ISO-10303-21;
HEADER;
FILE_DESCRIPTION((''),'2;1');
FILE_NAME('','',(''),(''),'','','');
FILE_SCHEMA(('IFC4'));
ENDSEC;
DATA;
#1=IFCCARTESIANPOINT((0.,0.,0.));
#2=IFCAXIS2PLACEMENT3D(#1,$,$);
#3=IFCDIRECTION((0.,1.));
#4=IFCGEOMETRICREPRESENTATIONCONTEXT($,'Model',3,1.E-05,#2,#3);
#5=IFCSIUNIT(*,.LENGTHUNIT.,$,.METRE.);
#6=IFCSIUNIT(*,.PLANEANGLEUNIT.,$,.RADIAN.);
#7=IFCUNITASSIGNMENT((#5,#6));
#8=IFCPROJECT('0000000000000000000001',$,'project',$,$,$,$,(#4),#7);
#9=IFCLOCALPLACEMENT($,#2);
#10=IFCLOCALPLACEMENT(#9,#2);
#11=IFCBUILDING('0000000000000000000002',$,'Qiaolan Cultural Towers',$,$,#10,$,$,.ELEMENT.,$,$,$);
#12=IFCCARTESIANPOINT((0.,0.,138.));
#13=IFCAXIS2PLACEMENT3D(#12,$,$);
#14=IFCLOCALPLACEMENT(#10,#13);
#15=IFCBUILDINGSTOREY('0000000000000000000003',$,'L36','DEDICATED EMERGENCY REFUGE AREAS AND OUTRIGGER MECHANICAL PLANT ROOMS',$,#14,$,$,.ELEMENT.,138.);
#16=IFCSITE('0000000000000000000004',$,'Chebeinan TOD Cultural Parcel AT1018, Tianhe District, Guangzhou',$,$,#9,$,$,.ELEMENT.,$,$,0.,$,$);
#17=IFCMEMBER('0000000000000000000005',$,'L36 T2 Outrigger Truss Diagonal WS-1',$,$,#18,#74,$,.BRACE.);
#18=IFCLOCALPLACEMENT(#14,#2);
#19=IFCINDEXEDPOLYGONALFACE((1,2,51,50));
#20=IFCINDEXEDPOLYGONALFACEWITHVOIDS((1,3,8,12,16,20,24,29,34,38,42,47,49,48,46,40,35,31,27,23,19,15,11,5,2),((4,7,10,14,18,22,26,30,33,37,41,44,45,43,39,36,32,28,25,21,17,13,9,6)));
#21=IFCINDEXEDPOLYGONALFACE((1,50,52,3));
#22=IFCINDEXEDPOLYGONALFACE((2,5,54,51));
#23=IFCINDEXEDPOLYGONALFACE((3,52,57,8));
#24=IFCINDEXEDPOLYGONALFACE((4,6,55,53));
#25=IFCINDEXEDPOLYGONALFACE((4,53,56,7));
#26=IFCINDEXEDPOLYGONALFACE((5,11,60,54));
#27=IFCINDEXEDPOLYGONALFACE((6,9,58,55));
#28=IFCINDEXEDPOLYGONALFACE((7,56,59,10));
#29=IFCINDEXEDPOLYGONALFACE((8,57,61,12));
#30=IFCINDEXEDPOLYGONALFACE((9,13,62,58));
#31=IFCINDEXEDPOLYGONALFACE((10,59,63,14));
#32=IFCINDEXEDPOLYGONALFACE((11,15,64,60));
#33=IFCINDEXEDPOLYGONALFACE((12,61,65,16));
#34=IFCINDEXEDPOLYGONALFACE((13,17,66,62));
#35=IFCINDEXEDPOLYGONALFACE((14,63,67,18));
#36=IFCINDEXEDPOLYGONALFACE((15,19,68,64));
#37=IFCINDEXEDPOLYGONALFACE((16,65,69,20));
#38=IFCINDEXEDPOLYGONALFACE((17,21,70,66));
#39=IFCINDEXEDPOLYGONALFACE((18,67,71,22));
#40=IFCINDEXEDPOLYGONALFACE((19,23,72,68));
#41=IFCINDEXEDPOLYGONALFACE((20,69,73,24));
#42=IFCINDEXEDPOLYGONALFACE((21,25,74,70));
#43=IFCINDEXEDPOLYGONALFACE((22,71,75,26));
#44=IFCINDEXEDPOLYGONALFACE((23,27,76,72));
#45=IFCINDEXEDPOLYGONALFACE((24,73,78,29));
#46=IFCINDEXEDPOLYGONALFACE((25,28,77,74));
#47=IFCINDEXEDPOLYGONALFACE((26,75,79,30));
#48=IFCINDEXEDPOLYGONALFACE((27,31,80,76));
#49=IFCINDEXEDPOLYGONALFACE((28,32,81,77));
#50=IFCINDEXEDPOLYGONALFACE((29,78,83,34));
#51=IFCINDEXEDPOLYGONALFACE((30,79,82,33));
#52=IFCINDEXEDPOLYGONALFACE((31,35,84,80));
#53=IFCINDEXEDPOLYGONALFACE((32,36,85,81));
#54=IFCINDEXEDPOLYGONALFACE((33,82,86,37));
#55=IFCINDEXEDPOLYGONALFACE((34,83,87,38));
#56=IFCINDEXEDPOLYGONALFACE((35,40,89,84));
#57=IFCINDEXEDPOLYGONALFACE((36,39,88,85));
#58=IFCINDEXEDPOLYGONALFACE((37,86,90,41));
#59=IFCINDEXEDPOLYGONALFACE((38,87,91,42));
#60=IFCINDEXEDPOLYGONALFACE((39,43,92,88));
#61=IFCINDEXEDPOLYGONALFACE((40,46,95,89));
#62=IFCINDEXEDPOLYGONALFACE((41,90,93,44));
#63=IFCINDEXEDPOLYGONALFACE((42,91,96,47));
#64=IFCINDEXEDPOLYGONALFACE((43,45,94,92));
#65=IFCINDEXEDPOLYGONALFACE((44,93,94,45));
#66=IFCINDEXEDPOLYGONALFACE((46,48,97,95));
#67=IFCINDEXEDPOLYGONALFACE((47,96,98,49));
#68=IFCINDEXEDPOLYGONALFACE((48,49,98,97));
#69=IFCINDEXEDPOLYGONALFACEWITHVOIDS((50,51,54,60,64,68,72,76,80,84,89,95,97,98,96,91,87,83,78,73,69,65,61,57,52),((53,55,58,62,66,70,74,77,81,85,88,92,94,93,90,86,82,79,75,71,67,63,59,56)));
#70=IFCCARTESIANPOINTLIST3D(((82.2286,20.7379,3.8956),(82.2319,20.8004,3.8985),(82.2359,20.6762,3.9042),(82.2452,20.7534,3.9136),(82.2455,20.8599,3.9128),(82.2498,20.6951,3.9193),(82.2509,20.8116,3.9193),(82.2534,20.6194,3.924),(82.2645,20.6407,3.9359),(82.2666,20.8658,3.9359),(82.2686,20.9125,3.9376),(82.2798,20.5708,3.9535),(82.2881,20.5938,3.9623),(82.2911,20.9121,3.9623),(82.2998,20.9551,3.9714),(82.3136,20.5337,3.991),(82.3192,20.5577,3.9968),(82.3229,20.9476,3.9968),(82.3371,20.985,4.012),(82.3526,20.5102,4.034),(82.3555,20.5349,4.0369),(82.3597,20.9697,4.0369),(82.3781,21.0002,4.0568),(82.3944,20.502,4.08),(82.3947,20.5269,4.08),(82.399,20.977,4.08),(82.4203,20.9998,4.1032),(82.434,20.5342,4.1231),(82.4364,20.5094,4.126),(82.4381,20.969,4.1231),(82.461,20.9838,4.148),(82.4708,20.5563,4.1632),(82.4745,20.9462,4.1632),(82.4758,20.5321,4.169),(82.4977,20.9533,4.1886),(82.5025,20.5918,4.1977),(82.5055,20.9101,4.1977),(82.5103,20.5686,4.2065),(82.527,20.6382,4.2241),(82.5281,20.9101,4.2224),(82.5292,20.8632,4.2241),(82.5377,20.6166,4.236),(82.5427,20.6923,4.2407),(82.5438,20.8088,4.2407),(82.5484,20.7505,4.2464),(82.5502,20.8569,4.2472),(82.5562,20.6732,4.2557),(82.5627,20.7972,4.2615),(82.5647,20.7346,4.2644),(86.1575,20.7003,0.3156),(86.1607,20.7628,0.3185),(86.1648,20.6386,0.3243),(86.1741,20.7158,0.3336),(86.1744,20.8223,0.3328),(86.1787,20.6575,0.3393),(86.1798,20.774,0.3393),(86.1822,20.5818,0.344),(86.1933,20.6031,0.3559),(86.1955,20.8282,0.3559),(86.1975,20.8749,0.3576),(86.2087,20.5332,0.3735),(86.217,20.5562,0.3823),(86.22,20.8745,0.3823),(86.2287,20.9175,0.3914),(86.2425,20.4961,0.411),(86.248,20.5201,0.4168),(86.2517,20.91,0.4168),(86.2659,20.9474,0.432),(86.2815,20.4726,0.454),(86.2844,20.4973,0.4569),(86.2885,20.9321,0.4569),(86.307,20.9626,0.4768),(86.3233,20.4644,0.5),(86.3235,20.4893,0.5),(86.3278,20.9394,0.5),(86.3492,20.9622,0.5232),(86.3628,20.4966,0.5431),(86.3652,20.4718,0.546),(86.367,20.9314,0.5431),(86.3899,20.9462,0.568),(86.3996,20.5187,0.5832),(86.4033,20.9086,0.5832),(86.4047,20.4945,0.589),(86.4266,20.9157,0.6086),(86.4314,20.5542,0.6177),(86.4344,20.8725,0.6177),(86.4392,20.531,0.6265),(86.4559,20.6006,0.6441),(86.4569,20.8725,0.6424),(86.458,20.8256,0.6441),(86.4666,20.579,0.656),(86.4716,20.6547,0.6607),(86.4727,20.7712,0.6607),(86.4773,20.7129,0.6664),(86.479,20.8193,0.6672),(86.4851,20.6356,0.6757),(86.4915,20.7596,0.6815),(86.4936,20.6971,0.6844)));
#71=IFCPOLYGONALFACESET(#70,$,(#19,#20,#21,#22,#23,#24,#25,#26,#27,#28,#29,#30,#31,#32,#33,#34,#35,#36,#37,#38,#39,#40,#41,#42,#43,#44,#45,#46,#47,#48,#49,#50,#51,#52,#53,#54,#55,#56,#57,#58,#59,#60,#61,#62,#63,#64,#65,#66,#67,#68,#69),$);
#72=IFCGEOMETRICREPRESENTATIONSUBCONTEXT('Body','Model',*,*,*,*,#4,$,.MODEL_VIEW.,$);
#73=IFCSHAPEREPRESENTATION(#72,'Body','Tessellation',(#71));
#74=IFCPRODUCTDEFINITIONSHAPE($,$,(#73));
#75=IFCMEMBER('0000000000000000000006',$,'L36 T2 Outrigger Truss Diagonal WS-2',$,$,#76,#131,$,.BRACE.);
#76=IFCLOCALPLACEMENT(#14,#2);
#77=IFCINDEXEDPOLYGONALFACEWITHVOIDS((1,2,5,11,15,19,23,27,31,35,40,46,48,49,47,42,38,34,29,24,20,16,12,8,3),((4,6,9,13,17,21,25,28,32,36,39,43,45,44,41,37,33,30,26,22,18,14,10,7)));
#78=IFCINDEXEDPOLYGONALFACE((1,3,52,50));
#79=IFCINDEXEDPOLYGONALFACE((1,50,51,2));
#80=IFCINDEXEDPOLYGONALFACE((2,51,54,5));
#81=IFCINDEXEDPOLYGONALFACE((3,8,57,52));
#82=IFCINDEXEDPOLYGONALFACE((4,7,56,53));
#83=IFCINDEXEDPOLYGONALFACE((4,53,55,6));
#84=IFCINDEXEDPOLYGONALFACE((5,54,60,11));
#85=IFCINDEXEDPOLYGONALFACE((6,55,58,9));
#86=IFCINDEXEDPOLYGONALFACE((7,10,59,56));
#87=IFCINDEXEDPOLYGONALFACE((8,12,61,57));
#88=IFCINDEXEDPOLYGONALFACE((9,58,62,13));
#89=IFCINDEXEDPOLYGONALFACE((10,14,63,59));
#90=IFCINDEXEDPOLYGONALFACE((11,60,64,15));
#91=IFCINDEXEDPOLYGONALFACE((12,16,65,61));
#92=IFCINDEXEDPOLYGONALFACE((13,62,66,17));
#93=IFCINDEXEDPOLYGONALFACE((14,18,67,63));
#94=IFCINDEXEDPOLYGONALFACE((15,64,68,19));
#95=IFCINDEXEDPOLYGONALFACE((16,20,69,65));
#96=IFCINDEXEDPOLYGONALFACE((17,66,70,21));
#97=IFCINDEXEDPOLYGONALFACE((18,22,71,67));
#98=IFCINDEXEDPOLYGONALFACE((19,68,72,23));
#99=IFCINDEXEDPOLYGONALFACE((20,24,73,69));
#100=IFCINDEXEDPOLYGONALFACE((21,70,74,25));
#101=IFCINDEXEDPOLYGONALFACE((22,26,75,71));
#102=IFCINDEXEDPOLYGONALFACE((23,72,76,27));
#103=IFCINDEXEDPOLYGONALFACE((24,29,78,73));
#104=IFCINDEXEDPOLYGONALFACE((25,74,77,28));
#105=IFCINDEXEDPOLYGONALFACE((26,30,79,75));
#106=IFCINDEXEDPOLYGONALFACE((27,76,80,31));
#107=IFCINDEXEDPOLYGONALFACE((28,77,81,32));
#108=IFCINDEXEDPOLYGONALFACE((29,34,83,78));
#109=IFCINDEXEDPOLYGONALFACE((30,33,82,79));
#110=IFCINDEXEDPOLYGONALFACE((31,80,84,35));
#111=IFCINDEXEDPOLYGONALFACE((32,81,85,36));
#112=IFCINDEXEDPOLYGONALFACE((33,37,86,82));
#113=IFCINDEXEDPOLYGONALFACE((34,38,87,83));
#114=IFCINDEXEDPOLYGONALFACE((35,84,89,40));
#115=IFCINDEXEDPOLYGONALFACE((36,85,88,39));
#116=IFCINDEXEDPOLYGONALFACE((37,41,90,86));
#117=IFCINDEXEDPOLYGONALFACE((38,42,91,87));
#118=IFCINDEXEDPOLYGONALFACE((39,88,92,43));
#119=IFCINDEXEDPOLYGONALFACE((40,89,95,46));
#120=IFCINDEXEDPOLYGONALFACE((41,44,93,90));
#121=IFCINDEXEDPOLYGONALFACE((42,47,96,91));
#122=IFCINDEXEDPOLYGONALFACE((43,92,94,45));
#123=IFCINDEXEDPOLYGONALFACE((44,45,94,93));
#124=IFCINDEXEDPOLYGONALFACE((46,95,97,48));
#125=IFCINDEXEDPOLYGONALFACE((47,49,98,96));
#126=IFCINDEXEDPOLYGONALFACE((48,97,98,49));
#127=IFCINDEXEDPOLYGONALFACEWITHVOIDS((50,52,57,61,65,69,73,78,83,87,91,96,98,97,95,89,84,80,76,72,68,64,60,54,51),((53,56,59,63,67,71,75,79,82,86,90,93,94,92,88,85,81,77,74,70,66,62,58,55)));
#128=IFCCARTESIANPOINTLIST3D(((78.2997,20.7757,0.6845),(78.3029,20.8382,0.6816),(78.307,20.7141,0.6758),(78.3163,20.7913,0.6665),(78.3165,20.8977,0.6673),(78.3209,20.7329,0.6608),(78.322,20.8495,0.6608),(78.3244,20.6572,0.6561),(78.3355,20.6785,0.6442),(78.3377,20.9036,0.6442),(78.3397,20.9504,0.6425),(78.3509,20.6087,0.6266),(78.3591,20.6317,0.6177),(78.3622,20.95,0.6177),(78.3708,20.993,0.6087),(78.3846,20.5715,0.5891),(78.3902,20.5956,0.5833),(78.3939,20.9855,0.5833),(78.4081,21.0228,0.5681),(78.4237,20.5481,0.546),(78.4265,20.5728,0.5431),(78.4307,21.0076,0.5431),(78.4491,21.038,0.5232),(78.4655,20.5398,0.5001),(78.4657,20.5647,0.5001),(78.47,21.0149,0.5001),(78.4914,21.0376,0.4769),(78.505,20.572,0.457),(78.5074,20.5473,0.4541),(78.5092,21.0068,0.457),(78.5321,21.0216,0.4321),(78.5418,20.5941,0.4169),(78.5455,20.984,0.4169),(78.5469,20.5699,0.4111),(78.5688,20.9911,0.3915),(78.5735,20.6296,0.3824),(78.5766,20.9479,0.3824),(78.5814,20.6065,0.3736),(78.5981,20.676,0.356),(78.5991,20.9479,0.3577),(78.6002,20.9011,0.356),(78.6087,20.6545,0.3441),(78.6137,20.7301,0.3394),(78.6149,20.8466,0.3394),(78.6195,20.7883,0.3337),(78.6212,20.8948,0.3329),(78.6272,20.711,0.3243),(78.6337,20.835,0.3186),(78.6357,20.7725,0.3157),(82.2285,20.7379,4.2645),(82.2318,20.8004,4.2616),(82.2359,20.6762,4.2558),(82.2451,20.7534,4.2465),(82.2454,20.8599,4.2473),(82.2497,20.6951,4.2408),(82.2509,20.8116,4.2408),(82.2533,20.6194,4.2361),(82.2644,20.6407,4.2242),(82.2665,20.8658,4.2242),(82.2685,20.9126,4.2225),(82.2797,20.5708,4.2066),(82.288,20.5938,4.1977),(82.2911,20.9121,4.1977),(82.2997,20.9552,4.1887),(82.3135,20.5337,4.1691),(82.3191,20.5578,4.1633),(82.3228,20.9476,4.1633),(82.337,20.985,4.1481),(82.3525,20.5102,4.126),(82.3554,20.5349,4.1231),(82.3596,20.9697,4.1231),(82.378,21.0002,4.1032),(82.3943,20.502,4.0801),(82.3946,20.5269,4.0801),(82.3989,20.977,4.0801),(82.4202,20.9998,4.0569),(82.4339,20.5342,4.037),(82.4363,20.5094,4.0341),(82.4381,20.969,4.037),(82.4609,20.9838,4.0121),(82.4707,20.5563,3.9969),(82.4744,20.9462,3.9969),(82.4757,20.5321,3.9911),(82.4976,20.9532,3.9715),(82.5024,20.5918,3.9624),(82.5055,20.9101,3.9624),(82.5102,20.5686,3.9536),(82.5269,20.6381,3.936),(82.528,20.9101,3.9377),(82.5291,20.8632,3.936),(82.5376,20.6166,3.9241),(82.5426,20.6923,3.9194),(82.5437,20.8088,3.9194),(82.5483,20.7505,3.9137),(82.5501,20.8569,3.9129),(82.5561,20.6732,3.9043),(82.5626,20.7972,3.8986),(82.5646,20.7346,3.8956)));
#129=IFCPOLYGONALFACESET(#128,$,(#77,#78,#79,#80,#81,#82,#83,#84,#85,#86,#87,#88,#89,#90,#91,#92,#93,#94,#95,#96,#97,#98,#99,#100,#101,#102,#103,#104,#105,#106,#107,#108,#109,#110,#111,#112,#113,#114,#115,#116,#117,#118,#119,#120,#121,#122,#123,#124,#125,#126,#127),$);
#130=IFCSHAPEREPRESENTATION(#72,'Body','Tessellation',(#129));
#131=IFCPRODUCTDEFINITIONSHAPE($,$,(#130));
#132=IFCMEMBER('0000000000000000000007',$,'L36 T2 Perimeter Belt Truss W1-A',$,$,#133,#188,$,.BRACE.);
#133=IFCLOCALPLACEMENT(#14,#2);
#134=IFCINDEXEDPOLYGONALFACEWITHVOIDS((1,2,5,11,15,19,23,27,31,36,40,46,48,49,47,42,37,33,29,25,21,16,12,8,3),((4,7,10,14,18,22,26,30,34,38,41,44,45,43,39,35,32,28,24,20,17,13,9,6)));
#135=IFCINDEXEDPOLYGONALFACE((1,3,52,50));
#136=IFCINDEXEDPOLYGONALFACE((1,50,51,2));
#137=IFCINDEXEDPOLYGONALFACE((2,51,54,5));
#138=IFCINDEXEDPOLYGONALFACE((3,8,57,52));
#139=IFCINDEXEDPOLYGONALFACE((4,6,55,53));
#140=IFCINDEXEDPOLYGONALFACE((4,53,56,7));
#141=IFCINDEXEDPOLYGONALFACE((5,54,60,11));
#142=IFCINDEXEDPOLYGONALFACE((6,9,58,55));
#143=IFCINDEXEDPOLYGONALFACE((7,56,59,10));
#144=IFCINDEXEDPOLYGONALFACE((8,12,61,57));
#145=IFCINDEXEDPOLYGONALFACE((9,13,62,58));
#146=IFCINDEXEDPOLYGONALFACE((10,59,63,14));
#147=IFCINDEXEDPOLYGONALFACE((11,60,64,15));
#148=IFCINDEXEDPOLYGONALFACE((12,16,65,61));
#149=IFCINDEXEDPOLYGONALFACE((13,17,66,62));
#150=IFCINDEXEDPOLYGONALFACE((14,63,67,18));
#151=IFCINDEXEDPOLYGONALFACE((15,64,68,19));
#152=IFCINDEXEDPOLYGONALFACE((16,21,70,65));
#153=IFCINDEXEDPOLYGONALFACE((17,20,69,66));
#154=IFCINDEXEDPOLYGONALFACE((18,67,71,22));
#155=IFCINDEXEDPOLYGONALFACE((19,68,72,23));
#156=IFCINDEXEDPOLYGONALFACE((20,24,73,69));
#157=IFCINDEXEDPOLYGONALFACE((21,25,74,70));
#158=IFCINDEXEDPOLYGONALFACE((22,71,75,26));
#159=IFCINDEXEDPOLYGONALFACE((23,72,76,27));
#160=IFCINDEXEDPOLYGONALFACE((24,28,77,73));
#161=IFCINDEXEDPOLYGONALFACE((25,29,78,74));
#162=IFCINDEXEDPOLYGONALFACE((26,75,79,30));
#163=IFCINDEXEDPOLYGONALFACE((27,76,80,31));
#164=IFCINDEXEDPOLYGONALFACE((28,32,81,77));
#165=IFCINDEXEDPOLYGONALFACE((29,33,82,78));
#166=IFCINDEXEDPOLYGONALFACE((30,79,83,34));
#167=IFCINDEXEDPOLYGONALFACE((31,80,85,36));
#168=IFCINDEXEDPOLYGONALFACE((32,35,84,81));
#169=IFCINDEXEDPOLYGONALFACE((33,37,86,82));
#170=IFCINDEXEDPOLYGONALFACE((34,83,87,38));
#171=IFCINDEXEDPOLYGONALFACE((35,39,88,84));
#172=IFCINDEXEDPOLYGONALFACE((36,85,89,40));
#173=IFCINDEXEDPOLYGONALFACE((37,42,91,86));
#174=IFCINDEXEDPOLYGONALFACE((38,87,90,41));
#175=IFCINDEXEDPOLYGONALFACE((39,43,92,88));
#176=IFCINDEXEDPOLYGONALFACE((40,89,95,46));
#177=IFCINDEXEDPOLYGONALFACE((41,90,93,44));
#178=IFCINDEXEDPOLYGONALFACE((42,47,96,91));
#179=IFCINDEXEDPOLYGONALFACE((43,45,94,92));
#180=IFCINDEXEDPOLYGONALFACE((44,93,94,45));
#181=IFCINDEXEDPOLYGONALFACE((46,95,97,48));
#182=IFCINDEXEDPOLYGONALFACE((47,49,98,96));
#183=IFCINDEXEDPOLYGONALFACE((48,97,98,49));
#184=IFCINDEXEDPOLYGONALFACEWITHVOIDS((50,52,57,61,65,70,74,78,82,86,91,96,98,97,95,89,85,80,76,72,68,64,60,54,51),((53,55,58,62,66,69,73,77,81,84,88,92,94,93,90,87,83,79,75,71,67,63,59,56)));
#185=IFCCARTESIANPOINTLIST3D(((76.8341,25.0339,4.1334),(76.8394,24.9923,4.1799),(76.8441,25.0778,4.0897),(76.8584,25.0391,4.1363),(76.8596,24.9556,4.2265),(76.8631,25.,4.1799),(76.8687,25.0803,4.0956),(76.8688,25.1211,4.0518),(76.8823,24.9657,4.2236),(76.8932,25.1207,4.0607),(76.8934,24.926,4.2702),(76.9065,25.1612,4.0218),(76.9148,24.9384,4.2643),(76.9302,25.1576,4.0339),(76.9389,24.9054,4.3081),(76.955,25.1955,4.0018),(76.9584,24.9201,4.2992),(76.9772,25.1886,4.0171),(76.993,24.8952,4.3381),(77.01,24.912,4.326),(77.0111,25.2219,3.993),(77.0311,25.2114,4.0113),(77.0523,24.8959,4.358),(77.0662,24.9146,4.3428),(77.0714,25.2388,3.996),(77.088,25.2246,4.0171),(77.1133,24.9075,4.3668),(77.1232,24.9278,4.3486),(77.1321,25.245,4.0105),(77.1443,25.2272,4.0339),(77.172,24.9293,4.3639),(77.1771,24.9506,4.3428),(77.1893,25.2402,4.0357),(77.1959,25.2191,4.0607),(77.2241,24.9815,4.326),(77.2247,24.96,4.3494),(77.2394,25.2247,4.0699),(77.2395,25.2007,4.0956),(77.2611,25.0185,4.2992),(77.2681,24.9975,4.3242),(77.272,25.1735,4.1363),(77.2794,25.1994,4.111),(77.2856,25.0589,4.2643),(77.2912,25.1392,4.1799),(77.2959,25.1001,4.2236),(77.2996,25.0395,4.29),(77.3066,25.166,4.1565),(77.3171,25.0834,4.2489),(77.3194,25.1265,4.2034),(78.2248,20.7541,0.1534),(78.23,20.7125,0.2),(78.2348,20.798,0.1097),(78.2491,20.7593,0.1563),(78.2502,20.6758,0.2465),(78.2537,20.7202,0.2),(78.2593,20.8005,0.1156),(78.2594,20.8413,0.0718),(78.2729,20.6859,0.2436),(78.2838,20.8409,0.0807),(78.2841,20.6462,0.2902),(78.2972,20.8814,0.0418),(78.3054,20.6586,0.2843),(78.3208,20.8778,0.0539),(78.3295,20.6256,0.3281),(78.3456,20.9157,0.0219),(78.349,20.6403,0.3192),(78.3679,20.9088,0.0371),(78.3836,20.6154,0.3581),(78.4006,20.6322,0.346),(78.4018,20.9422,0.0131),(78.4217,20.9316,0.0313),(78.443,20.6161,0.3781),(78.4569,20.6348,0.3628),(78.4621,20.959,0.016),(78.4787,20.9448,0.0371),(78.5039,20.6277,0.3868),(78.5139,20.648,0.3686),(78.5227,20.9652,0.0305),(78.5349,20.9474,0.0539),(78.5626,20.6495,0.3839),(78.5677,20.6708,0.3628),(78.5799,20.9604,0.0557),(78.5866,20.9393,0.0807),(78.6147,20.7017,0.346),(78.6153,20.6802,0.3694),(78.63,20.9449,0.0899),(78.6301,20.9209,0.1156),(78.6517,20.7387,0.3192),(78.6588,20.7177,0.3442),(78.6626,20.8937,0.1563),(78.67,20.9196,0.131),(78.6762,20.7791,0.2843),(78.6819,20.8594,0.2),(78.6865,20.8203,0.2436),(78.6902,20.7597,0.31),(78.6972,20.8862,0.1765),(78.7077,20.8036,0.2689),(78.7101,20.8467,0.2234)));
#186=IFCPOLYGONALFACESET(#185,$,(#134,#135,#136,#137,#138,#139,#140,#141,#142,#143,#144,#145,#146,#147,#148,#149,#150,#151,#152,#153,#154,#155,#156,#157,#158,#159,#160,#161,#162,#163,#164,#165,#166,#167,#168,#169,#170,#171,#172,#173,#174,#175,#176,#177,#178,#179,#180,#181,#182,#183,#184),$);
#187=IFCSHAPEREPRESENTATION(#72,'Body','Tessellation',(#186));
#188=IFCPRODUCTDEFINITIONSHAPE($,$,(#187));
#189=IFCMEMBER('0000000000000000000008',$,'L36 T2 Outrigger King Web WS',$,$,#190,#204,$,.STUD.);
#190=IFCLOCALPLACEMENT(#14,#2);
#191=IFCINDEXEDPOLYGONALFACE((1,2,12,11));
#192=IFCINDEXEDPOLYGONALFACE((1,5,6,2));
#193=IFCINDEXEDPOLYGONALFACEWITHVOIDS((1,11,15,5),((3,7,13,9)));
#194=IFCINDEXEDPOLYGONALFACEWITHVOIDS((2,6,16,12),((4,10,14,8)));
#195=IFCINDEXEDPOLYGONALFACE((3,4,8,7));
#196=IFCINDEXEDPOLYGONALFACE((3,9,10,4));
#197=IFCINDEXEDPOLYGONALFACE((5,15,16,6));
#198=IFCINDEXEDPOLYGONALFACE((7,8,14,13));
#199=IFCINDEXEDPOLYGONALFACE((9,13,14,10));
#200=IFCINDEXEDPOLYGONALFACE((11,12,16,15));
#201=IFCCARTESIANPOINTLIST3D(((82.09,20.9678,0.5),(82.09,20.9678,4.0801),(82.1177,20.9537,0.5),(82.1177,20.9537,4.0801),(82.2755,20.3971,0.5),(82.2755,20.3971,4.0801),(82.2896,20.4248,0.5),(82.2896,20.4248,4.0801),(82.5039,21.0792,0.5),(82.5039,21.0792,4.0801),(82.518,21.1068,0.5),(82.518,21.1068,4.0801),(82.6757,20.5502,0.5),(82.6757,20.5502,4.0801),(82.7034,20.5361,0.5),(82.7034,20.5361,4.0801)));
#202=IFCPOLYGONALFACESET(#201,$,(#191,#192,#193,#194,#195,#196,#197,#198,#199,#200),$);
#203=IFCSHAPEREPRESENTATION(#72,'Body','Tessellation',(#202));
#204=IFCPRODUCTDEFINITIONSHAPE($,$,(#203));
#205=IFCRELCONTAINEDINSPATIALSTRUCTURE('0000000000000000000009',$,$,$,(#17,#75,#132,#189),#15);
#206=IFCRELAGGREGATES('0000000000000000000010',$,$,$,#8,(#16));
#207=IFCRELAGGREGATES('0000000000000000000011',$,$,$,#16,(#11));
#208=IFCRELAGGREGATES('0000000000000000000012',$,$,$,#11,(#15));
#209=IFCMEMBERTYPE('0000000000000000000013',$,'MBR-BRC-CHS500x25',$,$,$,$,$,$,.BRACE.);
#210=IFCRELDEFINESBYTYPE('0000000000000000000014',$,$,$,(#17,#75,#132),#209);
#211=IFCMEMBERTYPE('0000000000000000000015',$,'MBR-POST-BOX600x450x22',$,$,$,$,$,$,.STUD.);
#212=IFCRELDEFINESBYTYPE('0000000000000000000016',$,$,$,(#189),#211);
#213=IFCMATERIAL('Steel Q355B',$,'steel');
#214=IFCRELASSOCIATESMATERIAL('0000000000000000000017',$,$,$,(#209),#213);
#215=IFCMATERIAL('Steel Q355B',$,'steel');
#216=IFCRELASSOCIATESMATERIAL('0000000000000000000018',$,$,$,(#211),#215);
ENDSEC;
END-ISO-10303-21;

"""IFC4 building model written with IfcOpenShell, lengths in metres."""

from ifc_helpers import new_model, si_unit, direction, frame, origin, origin_2d, place, context, subcontext, project, spatial, hollow_rectangle, hollow_circle, extrude, material, material_profile, profile_set, type_object, element, save


model = new_model("IFC4")

# Units and contexts
model_context = context("Model", 3, precision=1e-05, world=origin(), true_north=direction((0.0, 1.0)))
body_context = subcontext(model_context, "Body", "Model", "MODEL_VIEW")
ifc_project = project(units=[si_unit("LENGTHUNIT", "METRE"), si_unit("PLANEANGLEUNIT", "RADIAN")], contexts=[model_context])

# Site, building, storey
site_placement = place(None, origin())
site = spatial("IfcSite", under=ifc_project, at=site_placement, Name="Chebeinan TOD Cultural Parcel AT1018, Tianhe District, Guangzhou", CompositionType="ELEMENT", RefElevation=0.0)
building_placement = place(site_placement, origin())
building = spatial("IfcBuilding", under=site, at=building_placement, Name="Qiaolan Cultural Towers", CompositionType="ELEMENT")
storey_placement = place(building_placement, frame((0.0, 0.0, 138.0)))
storey = spatial("IfcBuildingStorey", under=building, at=storey_placement, Name="L36", Description="DEDICATED EMERGENCY REFUGE AREAS AND OUTRIGGER MECHANICAL PLANT ROOMS", CompositionType="ELEMENT", Elevation=138.0)

# Members
ifc_material_1 = material(Name="Steel Q355B", Category="steel")
ifc_material_profile_1 = material_profile(ifc_material_1, hollow_circle(Radius=0.25, WallThickness=0.0249, at=origin_2d()), Name="CHS500x25")
ifc_profile_set_1 = profile_set([ifc_material_profile_1], Name="Steel Q355B")
member_type_1 = type_object("IfcMemberType", Name="MBR-BRC-CHS500x25", PredefinedType="BRACE", material=ifc_profile_set_1)
for number, where, z_axis, x_axis, name in (
    (1, (86.3257, 20.7144, 0.5), (-0.739144, 0.007073, 0.673511), (-0.009569, -0.999954, 0.0), "L36 T2 Outrigger Truss Diagonal WS-1"),
    (2, (82.3967, 20.752, 4.0801), (-0.739144, 0.007119, -0.67351), (-0.009631, -0.999954, 0.0), "L36 T2 Outrigger Truss Diagonal WS-2"),
):
    element("IfcMember", number, at=place(storey_placement, frame(where, z_axis=z_axis, x_axis=x_axis)), inside=storey, type_object=member_type_1, Name=name, PredefinedType="BRACE", context=body_context, shape_type="SweptSolid", body=[
        extrude(hollow_circle(Radius=0.25, WallThickness=0.0249, at=origin_2d()), origin(), (0.0, 0.0, 1.0), 5.3154),
    ])
member_1_placement = place(storey_placement, frame((78.4678, 20.7898, 0.2), z_axis=(-0.23148, 0.712401, 0.662497), x_axis=(-0.951054, -0.309025, 0.0)))
element("IfcMember", 3, at=member_1_placement, inside=storey, type_object=member_type_1, Name="L36 T2 Perimeter Belt Truss W1-A", PredefinedType="BRACE", context=body_context, shape_type="SweptSolid", body=[
    extrude(hollow_circle(Radius=0.25, WallThickness=0.0249, at=origin_2d()), origin(), (0.0, 0.0, 1.0), 6.0076),
])
ifc_material_2 = material(Name="Steel Q355B", Category="steel")
ifc_material_profile_2 = material_profile(ifc_material_2, hollow_rectangle(XDim=0.45, YDim=0.6001, WallThickness=0.022, at=origin_2d()), Name="BOX600x450x22")
ifc_profile_set_2 = profile_set([ifc_material_profile_2], Name="Steel Q355B")
member_type_2 = type_object("IfcMemberType", Name="MBR-POST-BOX600x450x22", PredefinedType="STUD", material=ifc_profile_set_2)
member_2_placement = place(storey_placement, frame((82.3967, 20.752, 0.5), z_axis=(0.0, 0.0, 1.0), x_axis=(0.951057, 0.309017, 0.0)))
element("IfcMember", 4, at=member_2_placement, inside=storey, type_object=member_type_2, Name="L36 T2 Outrigger King Web WS", PredefinedType="STUD", context=body_context, shape_type="SweptSolid", body=[
    extrude(hollow_rectangle(XDim=0.45, YDim=0.6001, WallThickness=0.022, at=origin_2d()), origin(), (0.0, 0.0, 1.0), 3.5801),
])

save(model, "model.ifc")
